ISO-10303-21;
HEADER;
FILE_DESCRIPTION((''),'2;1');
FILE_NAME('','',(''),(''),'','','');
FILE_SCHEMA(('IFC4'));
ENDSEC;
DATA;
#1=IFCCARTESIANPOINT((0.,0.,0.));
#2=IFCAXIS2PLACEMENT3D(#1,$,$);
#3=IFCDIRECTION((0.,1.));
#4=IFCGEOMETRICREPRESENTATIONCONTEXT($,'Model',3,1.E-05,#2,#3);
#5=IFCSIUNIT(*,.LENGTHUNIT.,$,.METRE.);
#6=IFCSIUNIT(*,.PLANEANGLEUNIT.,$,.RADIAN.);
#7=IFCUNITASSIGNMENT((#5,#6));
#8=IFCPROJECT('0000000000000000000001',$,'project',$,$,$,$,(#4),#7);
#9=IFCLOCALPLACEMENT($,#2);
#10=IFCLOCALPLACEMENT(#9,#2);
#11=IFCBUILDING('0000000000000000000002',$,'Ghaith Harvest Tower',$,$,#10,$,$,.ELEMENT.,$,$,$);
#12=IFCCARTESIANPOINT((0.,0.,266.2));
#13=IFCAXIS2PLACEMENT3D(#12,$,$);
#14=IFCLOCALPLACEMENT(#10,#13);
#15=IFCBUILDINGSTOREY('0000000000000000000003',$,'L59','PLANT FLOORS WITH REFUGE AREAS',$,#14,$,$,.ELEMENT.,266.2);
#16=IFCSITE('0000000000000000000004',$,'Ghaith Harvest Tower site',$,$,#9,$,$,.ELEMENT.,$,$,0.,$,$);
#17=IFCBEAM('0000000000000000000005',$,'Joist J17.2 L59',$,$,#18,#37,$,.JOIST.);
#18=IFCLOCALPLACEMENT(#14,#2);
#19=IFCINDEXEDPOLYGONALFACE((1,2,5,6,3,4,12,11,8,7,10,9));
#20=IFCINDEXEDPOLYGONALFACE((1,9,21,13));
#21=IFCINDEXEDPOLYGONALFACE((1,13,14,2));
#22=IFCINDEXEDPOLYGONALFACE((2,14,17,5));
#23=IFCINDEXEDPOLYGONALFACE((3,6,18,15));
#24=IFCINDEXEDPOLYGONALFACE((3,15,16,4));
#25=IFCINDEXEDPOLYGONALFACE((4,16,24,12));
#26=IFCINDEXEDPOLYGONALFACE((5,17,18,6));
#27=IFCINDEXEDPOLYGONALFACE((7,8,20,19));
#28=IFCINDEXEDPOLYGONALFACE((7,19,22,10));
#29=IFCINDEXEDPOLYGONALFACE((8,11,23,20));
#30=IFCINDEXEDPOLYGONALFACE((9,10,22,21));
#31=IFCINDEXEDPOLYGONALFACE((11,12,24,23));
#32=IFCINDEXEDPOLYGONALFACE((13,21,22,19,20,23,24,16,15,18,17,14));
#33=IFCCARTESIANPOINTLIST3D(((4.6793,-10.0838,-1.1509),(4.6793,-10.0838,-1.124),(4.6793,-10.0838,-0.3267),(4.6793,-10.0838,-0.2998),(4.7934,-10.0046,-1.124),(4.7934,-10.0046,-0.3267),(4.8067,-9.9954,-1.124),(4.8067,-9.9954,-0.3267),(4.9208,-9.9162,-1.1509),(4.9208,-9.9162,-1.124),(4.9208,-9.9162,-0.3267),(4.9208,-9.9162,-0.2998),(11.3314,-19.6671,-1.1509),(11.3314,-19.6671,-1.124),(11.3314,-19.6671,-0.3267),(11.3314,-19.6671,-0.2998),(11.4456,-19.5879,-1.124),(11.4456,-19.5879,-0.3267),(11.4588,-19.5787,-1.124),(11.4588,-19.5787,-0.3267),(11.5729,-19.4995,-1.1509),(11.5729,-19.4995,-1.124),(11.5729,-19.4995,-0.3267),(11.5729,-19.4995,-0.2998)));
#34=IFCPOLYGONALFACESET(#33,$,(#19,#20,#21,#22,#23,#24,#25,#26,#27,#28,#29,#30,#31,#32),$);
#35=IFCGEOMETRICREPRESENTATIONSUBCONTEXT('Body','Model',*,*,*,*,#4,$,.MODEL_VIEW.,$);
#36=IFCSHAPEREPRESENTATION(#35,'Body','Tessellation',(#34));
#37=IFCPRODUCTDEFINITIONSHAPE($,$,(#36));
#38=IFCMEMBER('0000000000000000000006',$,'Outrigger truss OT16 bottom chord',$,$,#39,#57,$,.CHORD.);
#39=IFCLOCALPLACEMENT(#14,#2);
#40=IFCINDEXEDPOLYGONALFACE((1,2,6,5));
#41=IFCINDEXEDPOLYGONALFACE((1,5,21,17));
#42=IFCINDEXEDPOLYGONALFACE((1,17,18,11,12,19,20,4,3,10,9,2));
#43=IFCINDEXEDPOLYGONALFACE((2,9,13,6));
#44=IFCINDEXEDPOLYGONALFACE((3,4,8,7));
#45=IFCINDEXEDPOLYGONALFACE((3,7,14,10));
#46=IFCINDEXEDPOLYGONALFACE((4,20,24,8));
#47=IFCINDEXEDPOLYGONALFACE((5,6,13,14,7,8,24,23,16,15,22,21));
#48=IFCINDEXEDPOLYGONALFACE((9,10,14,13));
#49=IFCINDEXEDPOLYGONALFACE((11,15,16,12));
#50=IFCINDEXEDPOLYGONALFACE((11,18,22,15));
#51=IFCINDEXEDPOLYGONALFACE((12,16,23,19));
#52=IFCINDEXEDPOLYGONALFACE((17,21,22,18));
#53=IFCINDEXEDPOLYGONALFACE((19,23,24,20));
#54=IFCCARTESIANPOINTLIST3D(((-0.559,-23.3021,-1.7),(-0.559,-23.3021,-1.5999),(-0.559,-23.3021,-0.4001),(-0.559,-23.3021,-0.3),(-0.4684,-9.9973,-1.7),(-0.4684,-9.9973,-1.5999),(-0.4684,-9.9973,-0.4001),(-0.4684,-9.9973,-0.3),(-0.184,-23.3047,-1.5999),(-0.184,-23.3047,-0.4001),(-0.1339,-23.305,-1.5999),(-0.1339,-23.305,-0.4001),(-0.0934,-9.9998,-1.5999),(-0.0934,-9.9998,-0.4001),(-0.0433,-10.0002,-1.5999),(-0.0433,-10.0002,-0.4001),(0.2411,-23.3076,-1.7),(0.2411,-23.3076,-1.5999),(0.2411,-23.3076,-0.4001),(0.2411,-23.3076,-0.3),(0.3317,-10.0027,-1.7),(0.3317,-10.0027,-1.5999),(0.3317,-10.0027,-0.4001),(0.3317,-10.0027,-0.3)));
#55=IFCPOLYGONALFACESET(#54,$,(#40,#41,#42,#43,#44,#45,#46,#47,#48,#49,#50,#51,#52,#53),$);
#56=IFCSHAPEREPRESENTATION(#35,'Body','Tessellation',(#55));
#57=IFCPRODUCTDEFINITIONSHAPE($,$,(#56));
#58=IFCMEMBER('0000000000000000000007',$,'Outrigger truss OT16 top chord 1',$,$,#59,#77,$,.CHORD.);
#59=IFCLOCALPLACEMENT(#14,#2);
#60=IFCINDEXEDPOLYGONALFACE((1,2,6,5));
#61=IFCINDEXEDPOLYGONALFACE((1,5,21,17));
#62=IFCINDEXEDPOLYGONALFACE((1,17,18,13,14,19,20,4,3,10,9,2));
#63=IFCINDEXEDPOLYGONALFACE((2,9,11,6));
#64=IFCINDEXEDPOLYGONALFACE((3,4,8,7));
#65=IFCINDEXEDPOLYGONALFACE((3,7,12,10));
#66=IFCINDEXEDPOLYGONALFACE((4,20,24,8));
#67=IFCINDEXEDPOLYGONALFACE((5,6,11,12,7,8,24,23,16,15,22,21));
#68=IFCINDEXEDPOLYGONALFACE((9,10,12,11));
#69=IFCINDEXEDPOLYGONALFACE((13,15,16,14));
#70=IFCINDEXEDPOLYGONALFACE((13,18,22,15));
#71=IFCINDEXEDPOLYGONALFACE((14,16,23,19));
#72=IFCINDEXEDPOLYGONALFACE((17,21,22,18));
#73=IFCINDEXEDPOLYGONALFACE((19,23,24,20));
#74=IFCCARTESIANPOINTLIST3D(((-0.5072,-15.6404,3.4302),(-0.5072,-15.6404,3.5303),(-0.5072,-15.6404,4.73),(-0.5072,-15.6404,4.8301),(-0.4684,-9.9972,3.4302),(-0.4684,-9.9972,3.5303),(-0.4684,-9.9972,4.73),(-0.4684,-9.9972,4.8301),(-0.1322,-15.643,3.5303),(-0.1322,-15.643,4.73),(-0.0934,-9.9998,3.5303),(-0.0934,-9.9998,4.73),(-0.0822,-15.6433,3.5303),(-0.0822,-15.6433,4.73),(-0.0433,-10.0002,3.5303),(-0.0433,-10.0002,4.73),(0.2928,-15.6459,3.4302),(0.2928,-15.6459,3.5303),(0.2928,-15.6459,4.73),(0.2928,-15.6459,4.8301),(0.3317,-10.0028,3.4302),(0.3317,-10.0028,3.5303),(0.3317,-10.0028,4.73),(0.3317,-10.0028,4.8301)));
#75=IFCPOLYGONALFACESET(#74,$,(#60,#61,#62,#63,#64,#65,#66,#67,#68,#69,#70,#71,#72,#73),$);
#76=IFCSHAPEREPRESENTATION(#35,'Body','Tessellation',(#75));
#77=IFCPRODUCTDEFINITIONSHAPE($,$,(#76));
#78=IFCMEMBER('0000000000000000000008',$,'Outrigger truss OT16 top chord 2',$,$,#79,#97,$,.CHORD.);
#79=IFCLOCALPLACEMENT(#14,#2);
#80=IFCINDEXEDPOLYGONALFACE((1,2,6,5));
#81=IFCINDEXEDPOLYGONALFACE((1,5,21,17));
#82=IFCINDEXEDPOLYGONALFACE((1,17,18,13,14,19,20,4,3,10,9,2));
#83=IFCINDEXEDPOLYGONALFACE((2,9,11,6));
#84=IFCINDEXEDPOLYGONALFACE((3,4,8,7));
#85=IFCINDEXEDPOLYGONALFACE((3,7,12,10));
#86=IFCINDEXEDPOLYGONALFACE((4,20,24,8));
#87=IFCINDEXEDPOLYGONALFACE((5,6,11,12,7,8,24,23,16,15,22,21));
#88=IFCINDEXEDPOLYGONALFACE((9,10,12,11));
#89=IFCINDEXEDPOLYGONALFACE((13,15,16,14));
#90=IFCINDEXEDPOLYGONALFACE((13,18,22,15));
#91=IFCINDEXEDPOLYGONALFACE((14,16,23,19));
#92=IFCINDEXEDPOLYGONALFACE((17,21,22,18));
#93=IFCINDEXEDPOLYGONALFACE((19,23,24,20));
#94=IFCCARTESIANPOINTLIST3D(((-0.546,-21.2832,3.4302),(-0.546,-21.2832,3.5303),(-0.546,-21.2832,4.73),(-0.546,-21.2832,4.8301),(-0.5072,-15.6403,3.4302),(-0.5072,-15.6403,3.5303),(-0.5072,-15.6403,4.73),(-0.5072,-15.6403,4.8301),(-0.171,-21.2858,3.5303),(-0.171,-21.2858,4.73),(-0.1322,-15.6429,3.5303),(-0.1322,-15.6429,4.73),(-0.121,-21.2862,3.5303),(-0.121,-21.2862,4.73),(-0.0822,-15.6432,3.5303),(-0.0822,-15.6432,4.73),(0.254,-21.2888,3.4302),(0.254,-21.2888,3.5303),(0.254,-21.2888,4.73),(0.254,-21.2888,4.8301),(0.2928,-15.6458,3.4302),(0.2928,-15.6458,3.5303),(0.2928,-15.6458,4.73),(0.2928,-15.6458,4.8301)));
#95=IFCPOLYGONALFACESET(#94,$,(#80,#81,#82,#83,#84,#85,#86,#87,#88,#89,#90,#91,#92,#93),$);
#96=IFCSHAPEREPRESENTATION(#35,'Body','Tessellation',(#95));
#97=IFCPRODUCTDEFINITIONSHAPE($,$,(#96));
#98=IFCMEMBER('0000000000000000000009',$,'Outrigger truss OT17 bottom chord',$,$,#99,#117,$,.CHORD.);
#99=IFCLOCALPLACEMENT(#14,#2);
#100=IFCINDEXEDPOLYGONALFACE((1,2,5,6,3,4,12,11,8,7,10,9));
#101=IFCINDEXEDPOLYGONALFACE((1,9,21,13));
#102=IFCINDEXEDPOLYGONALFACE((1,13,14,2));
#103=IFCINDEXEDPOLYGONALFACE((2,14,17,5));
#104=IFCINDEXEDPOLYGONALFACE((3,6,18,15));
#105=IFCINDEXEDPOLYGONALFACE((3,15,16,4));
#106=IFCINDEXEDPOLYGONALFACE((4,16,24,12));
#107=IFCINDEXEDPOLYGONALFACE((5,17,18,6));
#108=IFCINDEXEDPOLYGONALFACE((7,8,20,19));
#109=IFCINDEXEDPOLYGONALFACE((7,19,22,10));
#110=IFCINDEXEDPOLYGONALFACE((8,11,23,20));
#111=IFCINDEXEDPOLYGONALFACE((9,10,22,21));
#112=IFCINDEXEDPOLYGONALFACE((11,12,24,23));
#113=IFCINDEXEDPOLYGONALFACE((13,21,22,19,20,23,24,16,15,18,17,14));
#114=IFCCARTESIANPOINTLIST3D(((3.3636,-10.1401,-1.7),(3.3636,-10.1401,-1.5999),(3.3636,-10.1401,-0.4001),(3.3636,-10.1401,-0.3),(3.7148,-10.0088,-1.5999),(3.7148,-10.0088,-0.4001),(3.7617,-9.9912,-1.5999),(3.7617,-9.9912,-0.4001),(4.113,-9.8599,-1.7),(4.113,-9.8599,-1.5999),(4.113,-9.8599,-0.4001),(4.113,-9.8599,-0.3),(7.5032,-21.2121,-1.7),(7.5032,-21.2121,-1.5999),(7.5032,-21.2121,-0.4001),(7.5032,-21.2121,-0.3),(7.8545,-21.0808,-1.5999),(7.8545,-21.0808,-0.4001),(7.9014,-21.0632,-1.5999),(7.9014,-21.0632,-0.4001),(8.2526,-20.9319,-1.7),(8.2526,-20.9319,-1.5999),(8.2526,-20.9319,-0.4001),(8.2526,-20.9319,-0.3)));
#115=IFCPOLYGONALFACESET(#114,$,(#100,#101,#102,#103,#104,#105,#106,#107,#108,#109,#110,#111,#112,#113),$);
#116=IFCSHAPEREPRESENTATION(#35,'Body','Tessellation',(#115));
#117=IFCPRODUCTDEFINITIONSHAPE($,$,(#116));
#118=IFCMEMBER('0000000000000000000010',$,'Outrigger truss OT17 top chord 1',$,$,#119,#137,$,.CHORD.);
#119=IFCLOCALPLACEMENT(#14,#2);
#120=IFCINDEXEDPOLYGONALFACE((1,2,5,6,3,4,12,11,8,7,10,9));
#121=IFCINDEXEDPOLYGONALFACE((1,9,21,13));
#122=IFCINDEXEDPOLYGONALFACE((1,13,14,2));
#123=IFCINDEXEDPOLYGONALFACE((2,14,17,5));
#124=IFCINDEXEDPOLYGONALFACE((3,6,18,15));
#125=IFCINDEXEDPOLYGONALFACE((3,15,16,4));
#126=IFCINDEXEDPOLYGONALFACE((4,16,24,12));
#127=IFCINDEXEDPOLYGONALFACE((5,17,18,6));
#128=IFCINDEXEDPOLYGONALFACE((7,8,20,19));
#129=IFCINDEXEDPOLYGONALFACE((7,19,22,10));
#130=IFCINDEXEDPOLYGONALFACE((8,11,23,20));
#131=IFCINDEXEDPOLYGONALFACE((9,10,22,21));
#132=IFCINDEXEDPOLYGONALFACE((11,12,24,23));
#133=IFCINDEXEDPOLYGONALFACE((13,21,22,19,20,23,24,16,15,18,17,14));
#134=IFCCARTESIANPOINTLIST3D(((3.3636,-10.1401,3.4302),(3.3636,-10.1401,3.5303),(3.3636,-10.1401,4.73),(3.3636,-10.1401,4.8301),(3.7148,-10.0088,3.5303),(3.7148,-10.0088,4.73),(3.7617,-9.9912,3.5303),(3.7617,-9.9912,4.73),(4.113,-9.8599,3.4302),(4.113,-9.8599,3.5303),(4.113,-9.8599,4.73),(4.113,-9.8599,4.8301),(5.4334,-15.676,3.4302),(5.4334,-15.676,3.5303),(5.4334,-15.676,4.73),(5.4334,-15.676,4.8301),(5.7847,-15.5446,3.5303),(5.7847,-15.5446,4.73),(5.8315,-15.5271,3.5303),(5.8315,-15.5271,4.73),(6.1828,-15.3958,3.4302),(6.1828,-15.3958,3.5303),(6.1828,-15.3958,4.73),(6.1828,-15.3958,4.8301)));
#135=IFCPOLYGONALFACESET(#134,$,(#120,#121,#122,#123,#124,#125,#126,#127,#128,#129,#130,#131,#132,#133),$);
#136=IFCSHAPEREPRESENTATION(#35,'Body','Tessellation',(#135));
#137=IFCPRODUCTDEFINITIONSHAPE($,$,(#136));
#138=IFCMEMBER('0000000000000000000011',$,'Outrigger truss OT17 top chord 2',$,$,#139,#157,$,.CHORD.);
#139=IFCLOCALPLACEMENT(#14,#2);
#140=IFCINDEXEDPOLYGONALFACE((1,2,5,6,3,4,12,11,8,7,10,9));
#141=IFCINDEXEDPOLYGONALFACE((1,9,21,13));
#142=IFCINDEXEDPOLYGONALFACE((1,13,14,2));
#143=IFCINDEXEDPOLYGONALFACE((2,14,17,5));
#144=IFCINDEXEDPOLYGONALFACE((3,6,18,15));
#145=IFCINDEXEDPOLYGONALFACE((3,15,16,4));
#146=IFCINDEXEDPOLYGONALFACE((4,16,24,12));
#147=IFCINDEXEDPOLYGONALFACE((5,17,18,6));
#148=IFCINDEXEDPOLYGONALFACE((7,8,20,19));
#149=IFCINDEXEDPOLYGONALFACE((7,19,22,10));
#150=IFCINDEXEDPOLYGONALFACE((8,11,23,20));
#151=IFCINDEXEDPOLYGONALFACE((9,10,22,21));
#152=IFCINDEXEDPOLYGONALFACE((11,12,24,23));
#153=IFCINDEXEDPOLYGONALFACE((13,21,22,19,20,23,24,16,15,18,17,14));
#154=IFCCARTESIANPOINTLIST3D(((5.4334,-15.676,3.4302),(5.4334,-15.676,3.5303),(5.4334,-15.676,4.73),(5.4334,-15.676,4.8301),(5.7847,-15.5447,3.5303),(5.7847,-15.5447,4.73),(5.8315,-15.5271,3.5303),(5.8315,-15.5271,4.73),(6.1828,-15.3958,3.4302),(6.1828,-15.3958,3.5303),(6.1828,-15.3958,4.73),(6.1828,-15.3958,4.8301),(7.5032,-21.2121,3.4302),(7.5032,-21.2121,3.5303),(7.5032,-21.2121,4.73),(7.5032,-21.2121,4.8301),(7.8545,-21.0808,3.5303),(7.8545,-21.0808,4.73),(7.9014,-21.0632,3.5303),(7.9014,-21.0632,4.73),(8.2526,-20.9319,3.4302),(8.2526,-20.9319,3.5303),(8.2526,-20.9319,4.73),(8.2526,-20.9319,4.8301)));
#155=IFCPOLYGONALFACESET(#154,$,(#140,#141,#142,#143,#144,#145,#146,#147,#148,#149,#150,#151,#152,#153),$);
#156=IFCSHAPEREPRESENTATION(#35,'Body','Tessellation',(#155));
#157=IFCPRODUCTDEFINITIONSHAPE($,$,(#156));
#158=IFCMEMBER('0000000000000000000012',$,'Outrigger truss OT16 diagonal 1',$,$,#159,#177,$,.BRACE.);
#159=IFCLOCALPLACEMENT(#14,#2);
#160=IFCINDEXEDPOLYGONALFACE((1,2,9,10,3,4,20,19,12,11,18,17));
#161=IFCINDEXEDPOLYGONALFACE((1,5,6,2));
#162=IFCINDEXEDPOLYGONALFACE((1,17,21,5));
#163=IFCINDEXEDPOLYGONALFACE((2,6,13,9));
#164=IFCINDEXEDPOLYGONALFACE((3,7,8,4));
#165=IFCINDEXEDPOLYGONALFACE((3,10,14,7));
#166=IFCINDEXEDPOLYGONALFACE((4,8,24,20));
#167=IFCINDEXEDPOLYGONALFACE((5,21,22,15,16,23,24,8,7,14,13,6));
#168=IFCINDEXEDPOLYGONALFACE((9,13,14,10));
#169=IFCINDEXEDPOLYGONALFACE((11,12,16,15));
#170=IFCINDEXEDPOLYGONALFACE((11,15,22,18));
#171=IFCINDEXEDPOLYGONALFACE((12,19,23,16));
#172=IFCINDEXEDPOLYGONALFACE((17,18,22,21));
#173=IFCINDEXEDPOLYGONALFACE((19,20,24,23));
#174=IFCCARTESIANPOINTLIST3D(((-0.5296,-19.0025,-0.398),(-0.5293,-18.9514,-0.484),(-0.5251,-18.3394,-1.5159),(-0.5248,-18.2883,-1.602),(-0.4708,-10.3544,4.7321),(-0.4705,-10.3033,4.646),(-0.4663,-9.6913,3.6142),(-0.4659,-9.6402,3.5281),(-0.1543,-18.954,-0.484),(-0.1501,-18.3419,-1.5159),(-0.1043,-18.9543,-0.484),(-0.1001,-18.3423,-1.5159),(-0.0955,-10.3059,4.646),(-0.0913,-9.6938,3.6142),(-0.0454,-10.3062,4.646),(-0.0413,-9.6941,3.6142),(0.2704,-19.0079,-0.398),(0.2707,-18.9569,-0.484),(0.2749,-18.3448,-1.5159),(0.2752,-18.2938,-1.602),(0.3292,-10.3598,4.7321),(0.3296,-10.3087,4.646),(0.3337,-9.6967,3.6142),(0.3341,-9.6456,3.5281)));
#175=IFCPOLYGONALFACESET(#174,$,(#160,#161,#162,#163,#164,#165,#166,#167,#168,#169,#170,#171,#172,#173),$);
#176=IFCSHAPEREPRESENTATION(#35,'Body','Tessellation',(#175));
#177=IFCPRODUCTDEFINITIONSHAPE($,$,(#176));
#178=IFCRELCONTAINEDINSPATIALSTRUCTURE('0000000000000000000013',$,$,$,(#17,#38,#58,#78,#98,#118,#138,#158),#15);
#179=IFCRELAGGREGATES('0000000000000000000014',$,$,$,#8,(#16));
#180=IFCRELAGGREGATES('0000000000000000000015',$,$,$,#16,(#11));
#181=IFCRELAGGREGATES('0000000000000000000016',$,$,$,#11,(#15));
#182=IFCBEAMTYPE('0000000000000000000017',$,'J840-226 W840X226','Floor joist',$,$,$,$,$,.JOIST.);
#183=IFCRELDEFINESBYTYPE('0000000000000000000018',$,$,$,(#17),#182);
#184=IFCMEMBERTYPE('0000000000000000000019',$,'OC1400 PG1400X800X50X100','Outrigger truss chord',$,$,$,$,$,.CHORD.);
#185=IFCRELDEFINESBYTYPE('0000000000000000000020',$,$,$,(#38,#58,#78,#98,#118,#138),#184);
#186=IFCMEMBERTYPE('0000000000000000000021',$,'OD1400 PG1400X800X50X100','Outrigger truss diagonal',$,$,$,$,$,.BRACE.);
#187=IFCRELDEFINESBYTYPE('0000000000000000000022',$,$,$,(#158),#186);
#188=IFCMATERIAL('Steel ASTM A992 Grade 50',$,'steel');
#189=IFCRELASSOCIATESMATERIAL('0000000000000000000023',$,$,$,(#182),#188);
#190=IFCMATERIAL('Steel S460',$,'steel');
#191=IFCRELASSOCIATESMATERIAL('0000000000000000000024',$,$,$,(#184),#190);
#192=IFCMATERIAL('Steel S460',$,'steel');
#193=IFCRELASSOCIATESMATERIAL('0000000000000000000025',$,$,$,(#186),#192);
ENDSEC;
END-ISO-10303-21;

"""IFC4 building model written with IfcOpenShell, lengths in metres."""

from ifc_helpers import new_model, si_unit, direction, frame, origin, origin_2d, place, context, subcontext, project, spatial, i_section, extrude, material, material_profile, profile_set, type_object, element, save


model = new_model("IFC4")

# Units and contexts
model_context = context("Model", 3, precision=1e-05, world=origin(), true_north=direction((0.0, 1.0)))
body_context = subcontext(model_context, "Body", "Model", "MODEL_VIEW")
ifc_project = project(units=[si_unit("LENGTHUNIT", "METRE"), si_unit("PLANEANGLEUNIT", "RADIAN")], contexts=[model_context])

# Site, building, storey
site_placement = place(None, origin())
site = spatial("IfcSite", under=ifc_project, at=site_placement, Name="Ghaith Harvest Tower site", CompositionType="ELEMENT", RefElevation=0.0)
building_placement = place(site_placement, origin())
building = spatial("IfcBuilding", under=site, at=building_placement, Name="Ghaith Harvest Tower", CompositionType="ELEMENT")
storey_placement = place(building_placement, frame((0.0, 0.0, 266.2)))
storey = spatial("IfcBuildingStorey", under=building, at=storey_placement, Name="L59", Description="PLANT FLOORS WITH REFUGE AREAS", CompositionType="ELEMENT", Elevation=266.2)

# Beam
ifc_material_1 = material(Name="Steel ASTM A992 Grade 50", Category="steel")
ifc_material_profile_1 = material_profile(ifc_material_1, i_section(OverallWidth=0.2939, OverallDepth=0.8511, WebThickness=0.0161, FlangeThickness=0.0269, at=origin_2d()), Name="W840X226")
ifc_profile_set_1 = profile_set([ifc_material_profile_1], Name="Steel ASTM A992 Grade 50")
beam_type_1 = type_object("IfcBeamType", Name="J840-226 W840X226", Description="Floor joist", PredefinedType="JOIST", material=ifc_profile_set_1)
beam_1_placement = place(storey_placement, frame((4.8, -10.0, -0.7253), z_axis=(0.570226, -0.821488, 0.0), x_axis=(0.821488, 0.570226, 0.0)))
element("IfcBeam", 1, at=beam_1_placement, inside=storey, type_object=beam_type_1, Name="Joist J17.2 L59", PredefinedType="JOIST", context=body_context, shape_type="SweptSolid", body=[
    extrude(i_section(OverallWidth=0.2939, OverallDepth=0.8511, WebThickness=0.0161, FlangeThickness=0.0269, at=origin_2d()), origin(), (0.0, 0.0, 1.0), 11.6658),
])

# Members
ifc_material_2 = material(Name="Steel S460", Category="steel")
ifc_material_profile_2 = material_profile(ifc_material_2, i_section(OverallWidth=0.8, OverallDepth=1.3999, WebThickness=0.05, FlangeThickness=0.1001, at=origin_2d()), Name="PG1400X800X50X100")
ifc_profile_set_2 = profile_set([ifc_material_profile_2], Name="Steel S460")
member_type_1 = type_object("IfcMemberType", Name="OC1400 PG1400X800X50X100", Description="Outrigger truss chord", PredefinedType="CHORD", material=ifc_profile_set_2)
member_1_placement = place(storey_placement, frame((-0.0684, -10.0, -1.0), z_axis=(-0.006808, -0.999977, 0.0), x_axis=(0.999977, -0.006808, 0.0)))
element("IfcMember", 2, at=member_1_placement, inside=storey, type_object=member_type_1, Name="Outrigger truss OT16 bottom chord", PredefinedType="CHORD", context=body_context, shape_type="SweptSolid", body=[
    extrude(i_section(OverallWidth=0.8, OverallDepth=1.3999, WebThickness=0.05, FlangeThickness=0.1001, at=origin_2d()), origin(), (0.0, 0.0, 1.0), 13.3052),
])
member_2_placement = place(storey_placement, frame((-0.0684, -10.0, 4.1301), z_axis=(-0.006879, -0.999976, 0.0), x_axis=(0.999976, -0.006879, 0.0)))
element("IfcMember", 3, at=member_2_placement, inside=storey, type_object=member_type_1, Name="Outrigger truss OT16 top chord 1", PredefinedType="CHORD", context=body_context, shape_type="SweptSolid", body=[
    extrude(i_section(OverallWidth=0.8, OverallDepth=1.3999, WebThickness=0.05, FlangeThickness=0.1001, at=origin_2d()), origin(), (0.0, 0.0, 1.0), 5.6433),
])
member_3_placement = place(storey_placement, frame((-0.1072, -15.6431, 4.1301), z_axis=(-0.006879, -0.999976, 0.0), x_axis=(0.999976, -0.006879, 0.0)))
element("IfcMember", 4, at=member_3_placement, inside=storey, type_object=member_type_1, Name="Outrigger truss OT16 top chord 2", PredefinedType="CHORD", context=body_context, shape_type="SweptSolid", body=[
    extrude(i_section(OverallWidth=0.8, OverallDepth=1.3999, WebThickness=0.05, FlangeThickness=0.1001, at=origin_2d()), origin(), (0.0, 0.0, 1.0), 5.6431),
])
member_4_placement = place(storey_placement, frame((3.7383, -10.0, -1.0), z_axis=(0.350207, -0.936672, 0.0), x_axis=(0.936672, 0.350207, 0.0)))
element("IfcMember", 5, at=member_4_placement, inside=storey, type_object=member_type_1, Name="Outrigger truss OT17 bottom chord", PredefinedType="CHORD", context=body_context, shape_type="SweptSolid", body=[
    extrude(i_section(OverallWidth=0.8, OverallDepth=1.3999, WebThickness=0.05, FlangeThickness=0.1001, at=origin_2d()), origin(), (0.0, 0.0, 1.0), 11.8206),
])
member_5_placement = place(storey_placement, frame((3.7383, -10.0, 4.1301), z_axis=(0.350213, -0.93667, 0.0), x_axis=(0.93667, 0.350213, 0.0)))
element("IfcMember", 6, at=member_5_placement, inside=storey, type_object=member_type_1, Name="Outrigger truss OT17 top chord 1", PredefinedType="CHORD", context=body_context, shape_type="SweptSolid", body=[
    extrude(i_section(OverallWidth=0.8, OverallDepth=1.3999, WebThickness=0.05, FlangeThickness=0.1001, at=origin_2d()), origin(), (0.0, 0.0, 1.0), 5.9102),
])
member_6_placement = place(storey_placement, frame((5.8081, -15.5359, 4.1301), z_axis=(0.3502, -0.936675, 0.0), x_axis=(0.936675, 0.3502, 0.0)))
element("IfcMember", 7, at=member_6_placement, inside=storey, type_object=member_type_1, Name="Outrigger truss OT17 top chord 2", PredefinedType="CHORD", context=body_context, shape_type="SweptSolid", body=[
    extrude(i_section(OverallWidth=0.8, OverallDepth=1.3999, WebThickness=0.05, FlangeThickness=0.1001, at=origin_2d()), origin(), (0.0, 0.0, 1.0), 5.9104),
])
ifc_material_3 = material(Name="Steel S460", Category="steel")
ifc_material_profile_3 = material_profile(ifc_material_3, i_section(OverallWidth=0.8, OverallDepth=1.3999, WebThickness=0.05, FlangeThickness=0.1001, at=origin_2d()), Name="PG1400X800X50X100")
ifc_profile_set_3 = profile_set([ifc_material_profile_3], Name="Steel S460")
member_type_2 = type_object("IfcMemberType", Name="OD1400 PG1400X800X50X100", Description="Outrigger truss diagonal", PredefinedType="BRACE", material=ifc_profile_set_3)
member_7_placement = place(storey_placement, frame((-0.0684, -10.0, 4.1301), z_axis=(-0.005851, -0.860047, -0.510182), x_axis=(0.999977, -0.006803, 0.0)))
element("IfcMember", 8, at=member_7_placement, inside=storey, type_object=member_type_2, Name="Outrigger truss OT16 diagonal 1", PredefinedType="BRACE", context=body_context, shape_type="SweptSolid", body=[
    extrude(i_section(OverallWidth=0.8, OverallDepth=1.3999, WebThickness=0.05, FlangeThickness=0.1001, at=origin_2d()), origin(), (0.0, 0.0, 1.0), 10.0554),
])

save(model, "model.ifc")
